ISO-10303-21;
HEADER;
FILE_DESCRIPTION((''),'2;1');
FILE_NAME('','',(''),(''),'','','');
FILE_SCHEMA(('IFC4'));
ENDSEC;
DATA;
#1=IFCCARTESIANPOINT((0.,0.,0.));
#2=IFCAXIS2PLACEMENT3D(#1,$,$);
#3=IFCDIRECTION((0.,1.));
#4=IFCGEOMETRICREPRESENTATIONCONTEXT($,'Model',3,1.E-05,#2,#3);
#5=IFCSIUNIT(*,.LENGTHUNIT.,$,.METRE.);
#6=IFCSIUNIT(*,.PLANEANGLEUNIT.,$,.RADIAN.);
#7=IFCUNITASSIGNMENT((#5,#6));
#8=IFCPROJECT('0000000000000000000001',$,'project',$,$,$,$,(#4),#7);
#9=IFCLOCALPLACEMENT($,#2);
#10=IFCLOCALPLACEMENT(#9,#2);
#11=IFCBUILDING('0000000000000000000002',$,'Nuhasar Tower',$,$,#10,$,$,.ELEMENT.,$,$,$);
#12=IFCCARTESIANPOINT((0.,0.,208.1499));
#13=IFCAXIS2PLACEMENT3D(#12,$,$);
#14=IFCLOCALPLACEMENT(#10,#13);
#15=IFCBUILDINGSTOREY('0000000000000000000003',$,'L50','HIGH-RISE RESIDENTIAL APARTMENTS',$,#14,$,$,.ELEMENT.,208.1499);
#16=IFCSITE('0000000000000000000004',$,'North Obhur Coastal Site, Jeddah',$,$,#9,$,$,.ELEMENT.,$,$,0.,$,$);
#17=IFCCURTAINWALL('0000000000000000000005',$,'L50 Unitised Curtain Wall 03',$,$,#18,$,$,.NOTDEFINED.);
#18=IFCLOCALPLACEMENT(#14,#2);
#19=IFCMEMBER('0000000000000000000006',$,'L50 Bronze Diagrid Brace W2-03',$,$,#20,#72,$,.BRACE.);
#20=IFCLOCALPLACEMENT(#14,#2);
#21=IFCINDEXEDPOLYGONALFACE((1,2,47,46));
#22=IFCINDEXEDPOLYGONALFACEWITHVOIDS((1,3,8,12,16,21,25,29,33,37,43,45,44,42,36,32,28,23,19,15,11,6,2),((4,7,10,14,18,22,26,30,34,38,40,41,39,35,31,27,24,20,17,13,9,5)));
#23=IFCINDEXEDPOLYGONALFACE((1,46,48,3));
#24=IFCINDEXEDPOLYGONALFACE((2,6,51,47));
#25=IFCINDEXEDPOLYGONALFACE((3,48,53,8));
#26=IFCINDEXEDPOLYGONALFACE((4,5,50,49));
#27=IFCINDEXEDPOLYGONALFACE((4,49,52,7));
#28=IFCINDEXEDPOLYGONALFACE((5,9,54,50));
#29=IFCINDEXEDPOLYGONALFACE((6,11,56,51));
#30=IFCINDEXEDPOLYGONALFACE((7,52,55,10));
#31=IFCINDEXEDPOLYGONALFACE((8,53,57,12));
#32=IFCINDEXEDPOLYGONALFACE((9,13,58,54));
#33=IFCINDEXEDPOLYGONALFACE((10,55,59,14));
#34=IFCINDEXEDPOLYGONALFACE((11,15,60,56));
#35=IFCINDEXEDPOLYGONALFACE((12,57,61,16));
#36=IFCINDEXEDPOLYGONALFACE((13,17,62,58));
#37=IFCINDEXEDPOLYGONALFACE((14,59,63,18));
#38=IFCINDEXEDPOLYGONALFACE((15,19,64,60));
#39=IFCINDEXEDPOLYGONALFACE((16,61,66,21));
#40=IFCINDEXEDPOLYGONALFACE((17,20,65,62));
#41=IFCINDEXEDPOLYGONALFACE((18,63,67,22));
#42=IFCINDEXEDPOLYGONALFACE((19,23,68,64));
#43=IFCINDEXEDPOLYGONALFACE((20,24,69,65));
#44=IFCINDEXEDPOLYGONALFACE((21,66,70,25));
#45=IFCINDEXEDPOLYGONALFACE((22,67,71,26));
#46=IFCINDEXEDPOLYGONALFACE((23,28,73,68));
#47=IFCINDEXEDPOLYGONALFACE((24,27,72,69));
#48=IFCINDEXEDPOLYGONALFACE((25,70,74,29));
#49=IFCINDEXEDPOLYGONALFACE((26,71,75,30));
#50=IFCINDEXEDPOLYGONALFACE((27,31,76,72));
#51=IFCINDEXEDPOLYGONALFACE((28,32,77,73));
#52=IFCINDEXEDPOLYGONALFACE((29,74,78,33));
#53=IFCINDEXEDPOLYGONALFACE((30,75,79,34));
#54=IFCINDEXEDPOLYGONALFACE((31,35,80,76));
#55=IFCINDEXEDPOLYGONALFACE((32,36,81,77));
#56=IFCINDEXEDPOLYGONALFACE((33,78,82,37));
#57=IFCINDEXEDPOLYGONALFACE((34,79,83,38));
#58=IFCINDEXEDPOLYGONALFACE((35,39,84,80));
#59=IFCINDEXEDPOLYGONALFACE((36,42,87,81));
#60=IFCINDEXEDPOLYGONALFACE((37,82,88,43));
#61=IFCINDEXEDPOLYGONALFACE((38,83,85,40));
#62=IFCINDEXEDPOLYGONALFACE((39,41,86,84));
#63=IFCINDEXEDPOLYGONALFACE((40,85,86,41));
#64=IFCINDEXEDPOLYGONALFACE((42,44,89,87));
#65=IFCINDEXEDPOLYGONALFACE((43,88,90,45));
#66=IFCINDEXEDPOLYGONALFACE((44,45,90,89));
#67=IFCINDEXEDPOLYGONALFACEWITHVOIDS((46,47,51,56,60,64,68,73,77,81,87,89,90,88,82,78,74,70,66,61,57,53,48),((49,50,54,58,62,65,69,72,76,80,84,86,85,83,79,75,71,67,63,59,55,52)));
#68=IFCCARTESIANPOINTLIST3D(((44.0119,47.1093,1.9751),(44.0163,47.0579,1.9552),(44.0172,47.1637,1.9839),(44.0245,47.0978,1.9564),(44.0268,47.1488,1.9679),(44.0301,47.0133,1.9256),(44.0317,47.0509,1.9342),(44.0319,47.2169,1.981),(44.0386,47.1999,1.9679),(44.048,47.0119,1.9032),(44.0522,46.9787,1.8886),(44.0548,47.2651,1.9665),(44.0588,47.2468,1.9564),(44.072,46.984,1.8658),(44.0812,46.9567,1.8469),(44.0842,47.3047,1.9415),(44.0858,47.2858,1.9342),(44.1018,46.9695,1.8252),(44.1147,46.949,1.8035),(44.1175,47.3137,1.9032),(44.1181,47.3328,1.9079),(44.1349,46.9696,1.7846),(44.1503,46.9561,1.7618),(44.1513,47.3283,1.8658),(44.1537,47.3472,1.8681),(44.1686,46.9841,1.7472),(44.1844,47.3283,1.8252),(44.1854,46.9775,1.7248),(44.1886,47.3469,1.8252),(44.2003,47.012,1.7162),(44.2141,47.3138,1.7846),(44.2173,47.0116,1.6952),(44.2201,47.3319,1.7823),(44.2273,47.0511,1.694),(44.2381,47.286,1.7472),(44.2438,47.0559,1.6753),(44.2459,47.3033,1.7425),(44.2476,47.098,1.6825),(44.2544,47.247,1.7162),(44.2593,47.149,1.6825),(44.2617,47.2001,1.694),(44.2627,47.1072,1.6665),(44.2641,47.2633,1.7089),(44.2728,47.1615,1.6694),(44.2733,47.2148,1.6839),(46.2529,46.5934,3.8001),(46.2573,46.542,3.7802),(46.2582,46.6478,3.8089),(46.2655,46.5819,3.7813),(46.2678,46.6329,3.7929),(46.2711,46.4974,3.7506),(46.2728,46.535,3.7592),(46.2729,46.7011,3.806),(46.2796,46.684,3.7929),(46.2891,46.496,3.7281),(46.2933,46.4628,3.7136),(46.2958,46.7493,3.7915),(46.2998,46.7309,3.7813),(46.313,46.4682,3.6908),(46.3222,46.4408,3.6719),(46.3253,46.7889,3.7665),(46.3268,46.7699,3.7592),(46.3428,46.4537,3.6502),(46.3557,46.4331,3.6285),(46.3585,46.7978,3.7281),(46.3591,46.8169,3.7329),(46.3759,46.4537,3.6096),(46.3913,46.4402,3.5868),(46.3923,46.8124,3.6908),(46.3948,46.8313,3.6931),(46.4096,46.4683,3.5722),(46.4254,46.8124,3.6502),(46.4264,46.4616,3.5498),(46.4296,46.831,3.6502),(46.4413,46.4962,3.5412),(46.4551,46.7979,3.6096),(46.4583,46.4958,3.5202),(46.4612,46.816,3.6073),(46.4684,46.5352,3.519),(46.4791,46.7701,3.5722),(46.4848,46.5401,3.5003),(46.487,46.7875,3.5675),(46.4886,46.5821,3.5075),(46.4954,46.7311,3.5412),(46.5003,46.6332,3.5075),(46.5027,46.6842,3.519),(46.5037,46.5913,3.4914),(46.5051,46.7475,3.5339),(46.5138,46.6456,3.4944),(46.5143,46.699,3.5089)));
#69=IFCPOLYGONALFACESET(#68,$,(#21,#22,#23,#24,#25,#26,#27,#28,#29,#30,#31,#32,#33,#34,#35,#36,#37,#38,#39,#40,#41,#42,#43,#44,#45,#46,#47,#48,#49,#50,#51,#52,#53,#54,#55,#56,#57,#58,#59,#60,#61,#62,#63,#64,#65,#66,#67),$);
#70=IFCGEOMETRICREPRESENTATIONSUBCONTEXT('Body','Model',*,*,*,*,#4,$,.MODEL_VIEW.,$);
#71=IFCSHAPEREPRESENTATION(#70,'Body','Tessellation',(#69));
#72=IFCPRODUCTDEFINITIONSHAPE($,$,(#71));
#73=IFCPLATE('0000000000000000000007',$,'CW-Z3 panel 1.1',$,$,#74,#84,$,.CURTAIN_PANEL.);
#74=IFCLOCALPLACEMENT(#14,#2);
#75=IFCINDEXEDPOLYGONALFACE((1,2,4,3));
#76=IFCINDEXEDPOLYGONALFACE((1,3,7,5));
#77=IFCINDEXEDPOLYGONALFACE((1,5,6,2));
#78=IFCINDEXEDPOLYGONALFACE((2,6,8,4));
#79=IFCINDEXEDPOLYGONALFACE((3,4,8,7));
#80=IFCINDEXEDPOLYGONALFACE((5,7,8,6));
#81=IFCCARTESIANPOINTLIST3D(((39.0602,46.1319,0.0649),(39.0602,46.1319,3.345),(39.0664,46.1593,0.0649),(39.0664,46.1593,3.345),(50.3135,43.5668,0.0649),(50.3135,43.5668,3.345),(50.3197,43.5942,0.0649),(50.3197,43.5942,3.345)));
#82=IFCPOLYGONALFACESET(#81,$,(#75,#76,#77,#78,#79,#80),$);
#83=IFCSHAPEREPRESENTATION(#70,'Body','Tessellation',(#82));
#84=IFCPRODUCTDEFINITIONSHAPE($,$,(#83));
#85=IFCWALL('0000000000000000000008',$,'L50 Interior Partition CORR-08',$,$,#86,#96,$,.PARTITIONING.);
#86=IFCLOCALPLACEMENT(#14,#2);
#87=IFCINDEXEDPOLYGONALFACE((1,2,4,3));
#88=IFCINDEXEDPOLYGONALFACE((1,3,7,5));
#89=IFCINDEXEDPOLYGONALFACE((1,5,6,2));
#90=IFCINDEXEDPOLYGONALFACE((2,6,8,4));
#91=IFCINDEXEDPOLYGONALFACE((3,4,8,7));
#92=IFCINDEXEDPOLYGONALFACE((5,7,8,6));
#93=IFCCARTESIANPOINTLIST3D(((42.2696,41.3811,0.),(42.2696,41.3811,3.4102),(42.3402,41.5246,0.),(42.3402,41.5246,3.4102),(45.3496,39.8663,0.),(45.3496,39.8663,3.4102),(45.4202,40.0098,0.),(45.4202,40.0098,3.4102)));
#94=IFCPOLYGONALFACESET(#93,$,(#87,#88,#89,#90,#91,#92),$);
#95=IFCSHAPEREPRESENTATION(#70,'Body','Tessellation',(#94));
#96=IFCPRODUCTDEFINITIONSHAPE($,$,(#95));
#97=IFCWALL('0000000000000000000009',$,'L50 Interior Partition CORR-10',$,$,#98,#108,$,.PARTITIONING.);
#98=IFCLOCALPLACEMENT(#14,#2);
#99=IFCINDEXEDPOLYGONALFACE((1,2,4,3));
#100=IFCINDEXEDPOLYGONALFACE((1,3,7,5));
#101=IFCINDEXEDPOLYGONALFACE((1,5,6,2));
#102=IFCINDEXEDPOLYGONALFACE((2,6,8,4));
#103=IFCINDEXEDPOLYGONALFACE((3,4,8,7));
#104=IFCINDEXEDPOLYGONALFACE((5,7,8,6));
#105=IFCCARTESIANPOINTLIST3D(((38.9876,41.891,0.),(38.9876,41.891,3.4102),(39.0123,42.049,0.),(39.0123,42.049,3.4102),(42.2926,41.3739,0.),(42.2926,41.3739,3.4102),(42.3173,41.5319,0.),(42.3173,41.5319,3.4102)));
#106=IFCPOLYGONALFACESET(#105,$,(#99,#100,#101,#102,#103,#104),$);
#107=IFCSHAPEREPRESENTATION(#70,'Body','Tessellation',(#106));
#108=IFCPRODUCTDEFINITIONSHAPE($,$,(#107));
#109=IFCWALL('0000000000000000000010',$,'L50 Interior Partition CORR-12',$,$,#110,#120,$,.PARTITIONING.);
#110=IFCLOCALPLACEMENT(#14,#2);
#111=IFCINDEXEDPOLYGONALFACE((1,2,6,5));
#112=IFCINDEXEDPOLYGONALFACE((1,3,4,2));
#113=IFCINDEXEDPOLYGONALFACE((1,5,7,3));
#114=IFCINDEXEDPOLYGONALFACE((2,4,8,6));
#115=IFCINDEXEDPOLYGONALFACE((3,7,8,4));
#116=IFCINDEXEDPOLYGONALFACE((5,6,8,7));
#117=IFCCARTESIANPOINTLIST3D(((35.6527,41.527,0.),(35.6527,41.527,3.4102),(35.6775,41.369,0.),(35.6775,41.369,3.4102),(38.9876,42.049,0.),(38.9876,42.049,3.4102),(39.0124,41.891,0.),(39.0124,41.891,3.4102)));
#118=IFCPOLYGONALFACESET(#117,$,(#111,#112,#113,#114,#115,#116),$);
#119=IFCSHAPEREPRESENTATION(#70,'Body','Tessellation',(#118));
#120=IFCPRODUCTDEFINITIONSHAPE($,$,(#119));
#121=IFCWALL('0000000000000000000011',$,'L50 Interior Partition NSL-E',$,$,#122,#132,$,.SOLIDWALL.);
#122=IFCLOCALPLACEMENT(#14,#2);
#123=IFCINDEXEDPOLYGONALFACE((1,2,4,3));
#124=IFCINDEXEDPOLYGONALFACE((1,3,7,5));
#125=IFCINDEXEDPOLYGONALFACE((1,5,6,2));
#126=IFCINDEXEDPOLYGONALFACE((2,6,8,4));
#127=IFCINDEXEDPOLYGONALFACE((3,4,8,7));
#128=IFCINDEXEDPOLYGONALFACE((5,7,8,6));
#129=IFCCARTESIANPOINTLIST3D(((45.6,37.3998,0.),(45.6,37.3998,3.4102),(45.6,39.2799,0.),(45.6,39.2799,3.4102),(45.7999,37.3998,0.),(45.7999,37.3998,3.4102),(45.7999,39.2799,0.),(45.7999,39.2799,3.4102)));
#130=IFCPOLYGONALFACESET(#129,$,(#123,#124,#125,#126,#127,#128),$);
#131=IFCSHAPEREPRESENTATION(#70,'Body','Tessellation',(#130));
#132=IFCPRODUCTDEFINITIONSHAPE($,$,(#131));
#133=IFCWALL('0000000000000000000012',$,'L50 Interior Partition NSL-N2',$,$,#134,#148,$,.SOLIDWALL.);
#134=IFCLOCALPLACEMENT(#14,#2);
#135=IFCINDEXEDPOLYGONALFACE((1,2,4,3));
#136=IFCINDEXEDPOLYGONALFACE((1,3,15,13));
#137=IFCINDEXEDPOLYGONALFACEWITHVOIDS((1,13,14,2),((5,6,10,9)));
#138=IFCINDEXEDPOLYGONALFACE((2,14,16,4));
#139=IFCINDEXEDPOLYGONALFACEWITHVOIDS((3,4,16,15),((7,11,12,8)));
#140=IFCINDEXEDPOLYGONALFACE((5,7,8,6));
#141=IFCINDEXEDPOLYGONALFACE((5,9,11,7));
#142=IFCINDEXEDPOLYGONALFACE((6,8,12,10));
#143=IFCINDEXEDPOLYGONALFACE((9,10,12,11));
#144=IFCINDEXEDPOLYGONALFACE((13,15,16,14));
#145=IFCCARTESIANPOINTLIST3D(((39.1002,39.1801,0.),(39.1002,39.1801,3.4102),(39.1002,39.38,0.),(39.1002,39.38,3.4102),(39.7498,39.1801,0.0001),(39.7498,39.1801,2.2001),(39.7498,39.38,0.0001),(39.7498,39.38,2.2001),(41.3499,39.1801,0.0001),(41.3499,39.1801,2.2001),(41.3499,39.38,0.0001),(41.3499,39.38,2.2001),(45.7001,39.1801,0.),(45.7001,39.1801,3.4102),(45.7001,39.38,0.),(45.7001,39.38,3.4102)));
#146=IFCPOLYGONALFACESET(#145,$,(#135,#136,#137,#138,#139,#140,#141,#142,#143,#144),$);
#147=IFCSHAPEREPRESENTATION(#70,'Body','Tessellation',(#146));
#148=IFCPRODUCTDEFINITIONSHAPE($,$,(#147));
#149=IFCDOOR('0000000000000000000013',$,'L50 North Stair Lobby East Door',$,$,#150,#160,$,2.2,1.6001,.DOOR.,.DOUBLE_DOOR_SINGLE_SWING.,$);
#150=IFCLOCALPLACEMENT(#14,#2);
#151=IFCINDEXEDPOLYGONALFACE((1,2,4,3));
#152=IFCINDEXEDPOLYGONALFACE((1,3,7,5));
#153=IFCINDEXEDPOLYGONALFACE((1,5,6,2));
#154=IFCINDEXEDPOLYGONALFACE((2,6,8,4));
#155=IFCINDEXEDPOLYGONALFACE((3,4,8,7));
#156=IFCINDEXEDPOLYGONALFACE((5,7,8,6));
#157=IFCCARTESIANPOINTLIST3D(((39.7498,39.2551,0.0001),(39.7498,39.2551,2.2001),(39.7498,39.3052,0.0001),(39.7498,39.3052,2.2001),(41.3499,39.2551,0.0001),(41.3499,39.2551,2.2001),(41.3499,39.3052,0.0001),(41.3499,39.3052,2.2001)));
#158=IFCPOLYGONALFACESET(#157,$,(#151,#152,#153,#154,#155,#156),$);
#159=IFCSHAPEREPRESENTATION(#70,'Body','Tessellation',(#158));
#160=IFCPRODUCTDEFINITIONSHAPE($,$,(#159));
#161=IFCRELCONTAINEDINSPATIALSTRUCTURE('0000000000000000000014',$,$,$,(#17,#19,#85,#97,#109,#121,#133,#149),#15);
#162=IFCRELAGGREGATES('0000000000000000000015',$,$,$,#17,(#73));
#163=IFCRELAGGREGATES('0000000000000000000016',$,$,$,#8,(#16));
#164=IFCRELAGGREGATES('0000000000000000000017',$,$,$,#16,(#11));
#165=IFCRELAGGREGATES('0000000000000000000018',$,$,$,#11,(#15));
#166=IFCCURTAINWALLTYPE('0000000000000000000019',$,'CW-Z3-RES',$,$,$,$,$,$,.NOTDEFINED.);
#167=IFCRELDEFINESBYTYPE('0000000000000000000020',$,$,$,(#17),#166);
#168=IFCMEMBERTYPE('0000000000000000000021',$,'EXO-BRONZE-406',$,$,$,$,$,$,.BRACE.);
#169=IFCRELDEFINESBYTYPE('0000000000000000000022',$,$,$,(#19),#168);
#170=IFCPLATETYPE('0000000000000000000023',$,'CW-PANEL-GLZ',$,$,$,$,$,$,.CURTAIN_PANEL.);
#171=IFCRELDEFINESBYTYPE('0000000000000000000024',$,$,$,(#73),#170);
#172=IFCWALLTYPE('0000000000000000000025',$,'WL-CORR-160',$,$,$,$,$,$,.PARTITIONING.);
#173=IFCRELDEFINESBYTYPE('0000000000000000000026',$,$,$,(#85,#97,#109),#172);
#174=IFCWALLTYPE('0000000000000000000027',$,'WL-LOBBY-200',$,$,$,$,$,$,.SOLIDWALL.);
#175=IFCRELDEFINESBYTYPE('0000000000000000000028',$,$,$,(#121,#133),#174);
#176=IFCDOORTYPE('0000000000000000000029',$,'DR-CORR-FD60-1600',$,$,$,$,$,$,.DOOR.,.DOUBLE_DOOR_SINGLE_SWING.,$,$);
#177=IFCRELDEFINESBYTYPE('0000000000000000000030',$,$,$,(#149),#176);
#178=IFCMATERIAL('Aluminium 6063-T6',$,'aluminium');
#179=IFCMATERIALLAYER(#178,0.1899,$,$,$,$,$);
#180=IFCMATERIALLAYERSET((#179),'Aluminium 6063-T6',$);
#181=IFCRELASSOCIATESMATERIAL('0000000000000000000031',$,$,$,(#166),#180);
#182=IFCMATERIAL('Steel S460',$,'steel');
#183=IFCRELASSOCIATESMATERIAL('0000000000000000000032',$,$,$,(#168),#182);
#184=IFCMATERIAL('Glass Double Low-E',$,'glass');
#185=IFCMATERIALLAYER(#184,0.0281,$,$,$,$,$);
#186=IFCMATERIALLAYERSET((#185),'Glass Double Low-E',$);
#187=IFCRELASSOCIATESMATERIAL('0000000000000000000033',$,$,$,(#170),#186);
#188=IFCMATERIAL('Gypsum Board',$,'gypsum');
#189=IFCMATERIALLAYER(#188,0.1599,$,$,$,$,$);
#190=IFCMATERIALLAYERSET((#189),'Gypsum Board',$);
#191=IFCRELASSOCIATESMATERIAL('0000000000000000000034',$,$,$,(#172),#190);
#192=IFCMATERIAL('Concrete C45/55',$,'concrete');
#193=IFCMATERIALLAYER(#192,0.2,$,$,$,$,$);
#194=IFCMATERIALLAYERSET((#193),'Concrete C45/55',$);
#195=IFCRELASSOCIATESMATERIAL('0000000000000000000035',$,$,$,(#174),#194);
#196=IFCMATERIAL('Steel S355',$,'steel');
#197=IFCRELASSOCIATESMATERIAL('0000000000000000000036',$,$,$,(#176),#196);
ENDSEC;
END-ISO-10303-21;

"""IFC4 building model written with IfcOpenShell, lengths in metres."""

from ifc_helpers import new_model, si_unit, direction, frame, frame_2d, origin, origin_2d, place, context, subcontext, project, spatial, rectangle, hollow_circle, extrude, material, layer, layer_set, material_profile, profile_set, type_object, element, fill, aggregate, save


model = new_model("IFC4")

# Units and contexts
model_context = context("Model", 3, precision=1e-05, world=origin(), true_north=direction((0.0, 1.0)))
body_context = subcontext(model_context, "Body", "Model", "MODEL_VIEW")
ifc_project = project(units=[si_unit("LENGTHUNIT", "METRE"), si_unit("PLANEANGLEUNIT", "RADIAN")], contexts=[model_context])

# Site, building, storey
site_placement = place(None, origin())
site = spatial("IfcSite", under=ifc_project, at=site_placement, Name="North Obhur Coastal Site, Jeddah", CompositionType="ELEMENT", RefElevation=0.0)
building_placement = place(site_placement, origin())
building = spatial("IfcBuilding", under=site, at=building_placement, Name="Nuhasar Tower", CompositionType="ELEMENT")
storey_placement = place(building_placement, frame((0.0, 0.0, 208.1499)))
storey = spatial("IfcBuildingStorey", under=building, at=storey_placement, Name="L50", Description="HIGH-RISE RESIDENTIAL APARTMENTS", CompositionType="ELEMENT", Elevation=208.1499)

# Shared definitions
ifc_material_1 = material(Name="Steel S355", Category="steel")

# Curtain wall
ifc_material_2 = material(Name="Aluminium 6063-T6", Category="aluminium")
ifc_layer_1 = layer(ifc_material_2, 0.1899)
ifc_layer_set_1 = layer_set([ifc_layer_1], Name="Aluminium 6063-T6")
curtain_wall_type = type_object("IfcCurtainWallType", Name="CW-Z3-RES", PredefinedType="NOTDEFINED", material=ifc_layer_set_1)
curtain_wall_placement = place(storey_placement, origin())
curtain_wall = element("IfcCurtainWall", 1, at=curtain_wall_placement, inside=storey, type_object=curtain_wall_type, Name="L50 Unitised Curtain Wall 03", PredefinedType="NOTDEFINED")

# Member
ifc_material_3 = material(Name="Steel S460", Category="steel")
ifc_material_profile_1 = material_profile(ifc_material_3, hollow_circle(Radius=0.2031, WallThickness=0.019, at=origin_2d()), Name="HSS406.4X19.1")
ifc_profile_set_1 = profile_set([ifc_material_profile_1], Name="Steel S460")
member_type_1 = type_object("IfcMemberType", Name="EXO-BRONZE-406", PredefinedType="BRACE", material=ifc_profile_set_1)
for number, where, z_axis, x_axis, name in (
    (2, (44.1431, 47.1489, 1.8252), (0.763343, -0.175721, 0.621635), (0.224332, 0.974513, 0.0), "L50 Bronze Diagrid Brace W2-03"),
):
    element("IfcMember", number, at=place(storey_placement, frame(where, z_axis=z_axis, x_axis=x_axis)), inside=storey, type_object=member_type_1, Name=name, PredefinedType="BRACE", context=body_context, shape_type="SweptSolid", body=[
        extrude(hollow_circle(Radius=0.2031, WallThickness=0.019, at=origin_2d()), origin(), (0.0, 0.0, 1.0), 2.9358),
    ])

# Plate
ifc_material_4 = material(Name="Glass Double Low-E", Category="glass")
ifc_layer_2 = layer(ifc_material_4, 0.0281)
ifc_layer_set_2 = layer_set([ifc_layer_2], Name="Glass Double Low-E")
plate_type = type_object("IfcPlateType", Name="CW-PANEL-GLZ", PredefinedType="CURTAIN_PANEL", material=ifc_layer_set_2)
plate_placement = place(storey_placement, frame((44.6899, 44.863, 0.0649), z_axis=(0.0, 0.0, 1.0), x_axis=(-0.974991, 0.222243, 0.0)))
plate = element("IfcPlate", 3, at=plate_placement, type_object=plate_type, Name="CW-Z3 panel 1.1", PredefinedType="CURTAIN_PANEL", context=body_context, shape_type="SweptSolid", body=[
    extrude(rectangle(XDim=11.542, YDim=0.0281, at=origin_2d()), origin(), (0.0, 0.0, 1.0), 3.28),
])
aggregate(curtain_wall, [plate])

# Shared definitions
ifc_material_5 = material(Name="Gypsum Board", Category="gypsum")
ifc_layer_3 = layer(ifc_material_5, 0.1599)
ifc_layer_set_3 = layer_set([ifc_layer_3], Name="Gypsum Board")
wall_type_1 = type_object("IfcWallType", Name="WL-CORR-160", PredefinedType="PARTITIONING", material=ifc_layer_set_3)

# Walls
wall_1_placement = place(storey_placement, frame((45.385, 39.938, 0.0), z_axis=(0.0, 0.0, 1.0), x_axis=(-0.897338, 0.441343, 0.0)))
element("IfcWall", 4, at=wall_1_placement, inside=storey, type_object=wall_type_1, Name="L50 Interior Partition CORR-08", PredefinedType="PARTITIONING", context=body_context, shape_type="SweptSolid", body=[
    extrude(rectangle(XDim=3.4324, YDim=0.1599, at=frame_2d((1.7163, 0.0))), origin(), (0.0, 0.0, 1.0), 3.4102),
])
wall_2_placement = place(storey_placement, frame((42.3049, 41.4529, 0.0), z_axis=(0.0, 0.0, 1.0), x_axis=(-0.98798, 0.154579, 0.0)))
element("IfcWall", 5, at=wall_2_placement, inside=storey, type_object=wall_type_1, Name="L50 Interior Partition CORR-10", PredefinedType="PARTITIONING", context=body_context, shape_type="SweptSolid", body=[
    extrude(rectangle(XDim=3.3452, YDim=0.1599, at=frame_2d((1.6726, 0.0))), origin(), (0.0, 0.0, 1.0), 3.4102),
])
wall_3_placement = place(storey_placement, frame((39.0, 41.97, 0.0), z_axis=(0.0, 0.0, 1.0), x_axis=(-0.987972, -0.154633, 0.0)))
element("IfcWall", 6, at=wall_3_placement, inside=storey, type_object=wall_type_1, Name="L50 Interior Partition CORR-12", PredefinedType="PARTITIONING", context=body_context, shape_type="SweptSolid", body=[
    extrude(rectangle(XDim=3.3755, YDim=0.1599, at=frame_2d((1.6877, 0.0))), origin(), (0.0, 0.0, 1.0), 3.4102),
])
ifc_material_6 = material(Name="Concrete C45/55", Category="concrete")
ifc_layer_4 = layer(ifc_material_6, 0.2)
ifc_layer_set_4 = layer_set([ifc_layer_4], Name="Concrete C45/55")
wall_type_2 = type_object("IfcWallType", Name="WL-LOBBY-200", PredefinedType="SOLIDWALL", material=ifc_layer_set_4)
wall_4_placement = place(storey_placement, frame((45.7, 37.3999, 0.0), z_axis=(0.0, 0.0, 1.0), x_axis=(0.0, 1.0, 0.0)))
element("IfcWall", 7, at=wall_4_placement, inside=storey, type_object=wall_type_2, Name="L50 Interior Partition NSL-E", PredefinedType="SOLIDWALL", context=body_context, shape_type="SweptSolid", body=[
    extrude(rectangle(XDim=1.8801, YDim=0.2, at=frame_2d((0.9399, 0.0))), origin(), (0.0, 0.0, 1.0), 3.4102),
])

# Wall, opening, door
wall_5_placement = place(storey_placement, frame((45.7, 39.28, 0.0), z_axis=(0.0, 0.0, 1.0), x_axis=(-1.0, 0.0, 0.0)))
wall_5 = element("IfcWall", 8, at=wall_5_placement, inside=storey, type_object=wall_type_2, Name="L50 Interior Partition NSL-N2", PredefinedType="SOLIDWALL", context=body_context, shape_type="SweptSolid", body=[
    extrude(rectangle(XDim=6.5999, YDim=0.2, at=frame_2d((3.2998, 0.0))), origin(), (0.0, 0.0, 1.0), 3.4102),
])
opening_1_placement = place(wall_5_placement, frame((4.3501, 0.0, 0.0)))
opening_1 = element("IfcOpeningElement", 9, at=opening_1_placement, cuts=wall_5, PredefinedType="OPENING", context=body_context, shape_type="SweptSolid", body=[
    extrude(rectangle(XDim=1.6001, YDim=2.2, at=frame_2d((0.8, 1.1001))), frame((0.0, 0.1099, 0.0), z_axis=(0.0, -1.0, 0.0), x_axis=(1.0, 0.0, 0.0)), (0.0, 0.0, 1.0), 0.22),
])
door_type_1 = type_object("IfcDoorType", Name="DR-CORR-FD60-1600", OperationType="DOUBLE_DOOR_SINGLE_SWING", PredefinedType="DOOR", material=ifc_material_1)
door_1_placement = place(opening_1_placement, origin())
door_1 = element("IfcDoor", 10, at=door_1_placement, inside=storey, type_object=door_type_1, Name="L50 North Stair Lobby East Door", OperationType="DOUBLE_DOOR_SINGLE_SWING", OverallHeight=2.2, OverallWidth=1.6001, PredefinedType="DOOR", context=body_context, shape_type="SweptSolid", body=[
    extrude(rectangle(XDim=1.6001, YDim=2.2, at=frame_2d((0.8, 1.1001))), frame((0.0, 0.0249, 0.0), z_axis=(0.0, -1.0, 0.0), x_axis=(1.0, 0.0, 0.0)), (0.0, 0.0, 1.0), 0.05),
])
fill(opening_1, door_1)

save(model, "model.ifc")
